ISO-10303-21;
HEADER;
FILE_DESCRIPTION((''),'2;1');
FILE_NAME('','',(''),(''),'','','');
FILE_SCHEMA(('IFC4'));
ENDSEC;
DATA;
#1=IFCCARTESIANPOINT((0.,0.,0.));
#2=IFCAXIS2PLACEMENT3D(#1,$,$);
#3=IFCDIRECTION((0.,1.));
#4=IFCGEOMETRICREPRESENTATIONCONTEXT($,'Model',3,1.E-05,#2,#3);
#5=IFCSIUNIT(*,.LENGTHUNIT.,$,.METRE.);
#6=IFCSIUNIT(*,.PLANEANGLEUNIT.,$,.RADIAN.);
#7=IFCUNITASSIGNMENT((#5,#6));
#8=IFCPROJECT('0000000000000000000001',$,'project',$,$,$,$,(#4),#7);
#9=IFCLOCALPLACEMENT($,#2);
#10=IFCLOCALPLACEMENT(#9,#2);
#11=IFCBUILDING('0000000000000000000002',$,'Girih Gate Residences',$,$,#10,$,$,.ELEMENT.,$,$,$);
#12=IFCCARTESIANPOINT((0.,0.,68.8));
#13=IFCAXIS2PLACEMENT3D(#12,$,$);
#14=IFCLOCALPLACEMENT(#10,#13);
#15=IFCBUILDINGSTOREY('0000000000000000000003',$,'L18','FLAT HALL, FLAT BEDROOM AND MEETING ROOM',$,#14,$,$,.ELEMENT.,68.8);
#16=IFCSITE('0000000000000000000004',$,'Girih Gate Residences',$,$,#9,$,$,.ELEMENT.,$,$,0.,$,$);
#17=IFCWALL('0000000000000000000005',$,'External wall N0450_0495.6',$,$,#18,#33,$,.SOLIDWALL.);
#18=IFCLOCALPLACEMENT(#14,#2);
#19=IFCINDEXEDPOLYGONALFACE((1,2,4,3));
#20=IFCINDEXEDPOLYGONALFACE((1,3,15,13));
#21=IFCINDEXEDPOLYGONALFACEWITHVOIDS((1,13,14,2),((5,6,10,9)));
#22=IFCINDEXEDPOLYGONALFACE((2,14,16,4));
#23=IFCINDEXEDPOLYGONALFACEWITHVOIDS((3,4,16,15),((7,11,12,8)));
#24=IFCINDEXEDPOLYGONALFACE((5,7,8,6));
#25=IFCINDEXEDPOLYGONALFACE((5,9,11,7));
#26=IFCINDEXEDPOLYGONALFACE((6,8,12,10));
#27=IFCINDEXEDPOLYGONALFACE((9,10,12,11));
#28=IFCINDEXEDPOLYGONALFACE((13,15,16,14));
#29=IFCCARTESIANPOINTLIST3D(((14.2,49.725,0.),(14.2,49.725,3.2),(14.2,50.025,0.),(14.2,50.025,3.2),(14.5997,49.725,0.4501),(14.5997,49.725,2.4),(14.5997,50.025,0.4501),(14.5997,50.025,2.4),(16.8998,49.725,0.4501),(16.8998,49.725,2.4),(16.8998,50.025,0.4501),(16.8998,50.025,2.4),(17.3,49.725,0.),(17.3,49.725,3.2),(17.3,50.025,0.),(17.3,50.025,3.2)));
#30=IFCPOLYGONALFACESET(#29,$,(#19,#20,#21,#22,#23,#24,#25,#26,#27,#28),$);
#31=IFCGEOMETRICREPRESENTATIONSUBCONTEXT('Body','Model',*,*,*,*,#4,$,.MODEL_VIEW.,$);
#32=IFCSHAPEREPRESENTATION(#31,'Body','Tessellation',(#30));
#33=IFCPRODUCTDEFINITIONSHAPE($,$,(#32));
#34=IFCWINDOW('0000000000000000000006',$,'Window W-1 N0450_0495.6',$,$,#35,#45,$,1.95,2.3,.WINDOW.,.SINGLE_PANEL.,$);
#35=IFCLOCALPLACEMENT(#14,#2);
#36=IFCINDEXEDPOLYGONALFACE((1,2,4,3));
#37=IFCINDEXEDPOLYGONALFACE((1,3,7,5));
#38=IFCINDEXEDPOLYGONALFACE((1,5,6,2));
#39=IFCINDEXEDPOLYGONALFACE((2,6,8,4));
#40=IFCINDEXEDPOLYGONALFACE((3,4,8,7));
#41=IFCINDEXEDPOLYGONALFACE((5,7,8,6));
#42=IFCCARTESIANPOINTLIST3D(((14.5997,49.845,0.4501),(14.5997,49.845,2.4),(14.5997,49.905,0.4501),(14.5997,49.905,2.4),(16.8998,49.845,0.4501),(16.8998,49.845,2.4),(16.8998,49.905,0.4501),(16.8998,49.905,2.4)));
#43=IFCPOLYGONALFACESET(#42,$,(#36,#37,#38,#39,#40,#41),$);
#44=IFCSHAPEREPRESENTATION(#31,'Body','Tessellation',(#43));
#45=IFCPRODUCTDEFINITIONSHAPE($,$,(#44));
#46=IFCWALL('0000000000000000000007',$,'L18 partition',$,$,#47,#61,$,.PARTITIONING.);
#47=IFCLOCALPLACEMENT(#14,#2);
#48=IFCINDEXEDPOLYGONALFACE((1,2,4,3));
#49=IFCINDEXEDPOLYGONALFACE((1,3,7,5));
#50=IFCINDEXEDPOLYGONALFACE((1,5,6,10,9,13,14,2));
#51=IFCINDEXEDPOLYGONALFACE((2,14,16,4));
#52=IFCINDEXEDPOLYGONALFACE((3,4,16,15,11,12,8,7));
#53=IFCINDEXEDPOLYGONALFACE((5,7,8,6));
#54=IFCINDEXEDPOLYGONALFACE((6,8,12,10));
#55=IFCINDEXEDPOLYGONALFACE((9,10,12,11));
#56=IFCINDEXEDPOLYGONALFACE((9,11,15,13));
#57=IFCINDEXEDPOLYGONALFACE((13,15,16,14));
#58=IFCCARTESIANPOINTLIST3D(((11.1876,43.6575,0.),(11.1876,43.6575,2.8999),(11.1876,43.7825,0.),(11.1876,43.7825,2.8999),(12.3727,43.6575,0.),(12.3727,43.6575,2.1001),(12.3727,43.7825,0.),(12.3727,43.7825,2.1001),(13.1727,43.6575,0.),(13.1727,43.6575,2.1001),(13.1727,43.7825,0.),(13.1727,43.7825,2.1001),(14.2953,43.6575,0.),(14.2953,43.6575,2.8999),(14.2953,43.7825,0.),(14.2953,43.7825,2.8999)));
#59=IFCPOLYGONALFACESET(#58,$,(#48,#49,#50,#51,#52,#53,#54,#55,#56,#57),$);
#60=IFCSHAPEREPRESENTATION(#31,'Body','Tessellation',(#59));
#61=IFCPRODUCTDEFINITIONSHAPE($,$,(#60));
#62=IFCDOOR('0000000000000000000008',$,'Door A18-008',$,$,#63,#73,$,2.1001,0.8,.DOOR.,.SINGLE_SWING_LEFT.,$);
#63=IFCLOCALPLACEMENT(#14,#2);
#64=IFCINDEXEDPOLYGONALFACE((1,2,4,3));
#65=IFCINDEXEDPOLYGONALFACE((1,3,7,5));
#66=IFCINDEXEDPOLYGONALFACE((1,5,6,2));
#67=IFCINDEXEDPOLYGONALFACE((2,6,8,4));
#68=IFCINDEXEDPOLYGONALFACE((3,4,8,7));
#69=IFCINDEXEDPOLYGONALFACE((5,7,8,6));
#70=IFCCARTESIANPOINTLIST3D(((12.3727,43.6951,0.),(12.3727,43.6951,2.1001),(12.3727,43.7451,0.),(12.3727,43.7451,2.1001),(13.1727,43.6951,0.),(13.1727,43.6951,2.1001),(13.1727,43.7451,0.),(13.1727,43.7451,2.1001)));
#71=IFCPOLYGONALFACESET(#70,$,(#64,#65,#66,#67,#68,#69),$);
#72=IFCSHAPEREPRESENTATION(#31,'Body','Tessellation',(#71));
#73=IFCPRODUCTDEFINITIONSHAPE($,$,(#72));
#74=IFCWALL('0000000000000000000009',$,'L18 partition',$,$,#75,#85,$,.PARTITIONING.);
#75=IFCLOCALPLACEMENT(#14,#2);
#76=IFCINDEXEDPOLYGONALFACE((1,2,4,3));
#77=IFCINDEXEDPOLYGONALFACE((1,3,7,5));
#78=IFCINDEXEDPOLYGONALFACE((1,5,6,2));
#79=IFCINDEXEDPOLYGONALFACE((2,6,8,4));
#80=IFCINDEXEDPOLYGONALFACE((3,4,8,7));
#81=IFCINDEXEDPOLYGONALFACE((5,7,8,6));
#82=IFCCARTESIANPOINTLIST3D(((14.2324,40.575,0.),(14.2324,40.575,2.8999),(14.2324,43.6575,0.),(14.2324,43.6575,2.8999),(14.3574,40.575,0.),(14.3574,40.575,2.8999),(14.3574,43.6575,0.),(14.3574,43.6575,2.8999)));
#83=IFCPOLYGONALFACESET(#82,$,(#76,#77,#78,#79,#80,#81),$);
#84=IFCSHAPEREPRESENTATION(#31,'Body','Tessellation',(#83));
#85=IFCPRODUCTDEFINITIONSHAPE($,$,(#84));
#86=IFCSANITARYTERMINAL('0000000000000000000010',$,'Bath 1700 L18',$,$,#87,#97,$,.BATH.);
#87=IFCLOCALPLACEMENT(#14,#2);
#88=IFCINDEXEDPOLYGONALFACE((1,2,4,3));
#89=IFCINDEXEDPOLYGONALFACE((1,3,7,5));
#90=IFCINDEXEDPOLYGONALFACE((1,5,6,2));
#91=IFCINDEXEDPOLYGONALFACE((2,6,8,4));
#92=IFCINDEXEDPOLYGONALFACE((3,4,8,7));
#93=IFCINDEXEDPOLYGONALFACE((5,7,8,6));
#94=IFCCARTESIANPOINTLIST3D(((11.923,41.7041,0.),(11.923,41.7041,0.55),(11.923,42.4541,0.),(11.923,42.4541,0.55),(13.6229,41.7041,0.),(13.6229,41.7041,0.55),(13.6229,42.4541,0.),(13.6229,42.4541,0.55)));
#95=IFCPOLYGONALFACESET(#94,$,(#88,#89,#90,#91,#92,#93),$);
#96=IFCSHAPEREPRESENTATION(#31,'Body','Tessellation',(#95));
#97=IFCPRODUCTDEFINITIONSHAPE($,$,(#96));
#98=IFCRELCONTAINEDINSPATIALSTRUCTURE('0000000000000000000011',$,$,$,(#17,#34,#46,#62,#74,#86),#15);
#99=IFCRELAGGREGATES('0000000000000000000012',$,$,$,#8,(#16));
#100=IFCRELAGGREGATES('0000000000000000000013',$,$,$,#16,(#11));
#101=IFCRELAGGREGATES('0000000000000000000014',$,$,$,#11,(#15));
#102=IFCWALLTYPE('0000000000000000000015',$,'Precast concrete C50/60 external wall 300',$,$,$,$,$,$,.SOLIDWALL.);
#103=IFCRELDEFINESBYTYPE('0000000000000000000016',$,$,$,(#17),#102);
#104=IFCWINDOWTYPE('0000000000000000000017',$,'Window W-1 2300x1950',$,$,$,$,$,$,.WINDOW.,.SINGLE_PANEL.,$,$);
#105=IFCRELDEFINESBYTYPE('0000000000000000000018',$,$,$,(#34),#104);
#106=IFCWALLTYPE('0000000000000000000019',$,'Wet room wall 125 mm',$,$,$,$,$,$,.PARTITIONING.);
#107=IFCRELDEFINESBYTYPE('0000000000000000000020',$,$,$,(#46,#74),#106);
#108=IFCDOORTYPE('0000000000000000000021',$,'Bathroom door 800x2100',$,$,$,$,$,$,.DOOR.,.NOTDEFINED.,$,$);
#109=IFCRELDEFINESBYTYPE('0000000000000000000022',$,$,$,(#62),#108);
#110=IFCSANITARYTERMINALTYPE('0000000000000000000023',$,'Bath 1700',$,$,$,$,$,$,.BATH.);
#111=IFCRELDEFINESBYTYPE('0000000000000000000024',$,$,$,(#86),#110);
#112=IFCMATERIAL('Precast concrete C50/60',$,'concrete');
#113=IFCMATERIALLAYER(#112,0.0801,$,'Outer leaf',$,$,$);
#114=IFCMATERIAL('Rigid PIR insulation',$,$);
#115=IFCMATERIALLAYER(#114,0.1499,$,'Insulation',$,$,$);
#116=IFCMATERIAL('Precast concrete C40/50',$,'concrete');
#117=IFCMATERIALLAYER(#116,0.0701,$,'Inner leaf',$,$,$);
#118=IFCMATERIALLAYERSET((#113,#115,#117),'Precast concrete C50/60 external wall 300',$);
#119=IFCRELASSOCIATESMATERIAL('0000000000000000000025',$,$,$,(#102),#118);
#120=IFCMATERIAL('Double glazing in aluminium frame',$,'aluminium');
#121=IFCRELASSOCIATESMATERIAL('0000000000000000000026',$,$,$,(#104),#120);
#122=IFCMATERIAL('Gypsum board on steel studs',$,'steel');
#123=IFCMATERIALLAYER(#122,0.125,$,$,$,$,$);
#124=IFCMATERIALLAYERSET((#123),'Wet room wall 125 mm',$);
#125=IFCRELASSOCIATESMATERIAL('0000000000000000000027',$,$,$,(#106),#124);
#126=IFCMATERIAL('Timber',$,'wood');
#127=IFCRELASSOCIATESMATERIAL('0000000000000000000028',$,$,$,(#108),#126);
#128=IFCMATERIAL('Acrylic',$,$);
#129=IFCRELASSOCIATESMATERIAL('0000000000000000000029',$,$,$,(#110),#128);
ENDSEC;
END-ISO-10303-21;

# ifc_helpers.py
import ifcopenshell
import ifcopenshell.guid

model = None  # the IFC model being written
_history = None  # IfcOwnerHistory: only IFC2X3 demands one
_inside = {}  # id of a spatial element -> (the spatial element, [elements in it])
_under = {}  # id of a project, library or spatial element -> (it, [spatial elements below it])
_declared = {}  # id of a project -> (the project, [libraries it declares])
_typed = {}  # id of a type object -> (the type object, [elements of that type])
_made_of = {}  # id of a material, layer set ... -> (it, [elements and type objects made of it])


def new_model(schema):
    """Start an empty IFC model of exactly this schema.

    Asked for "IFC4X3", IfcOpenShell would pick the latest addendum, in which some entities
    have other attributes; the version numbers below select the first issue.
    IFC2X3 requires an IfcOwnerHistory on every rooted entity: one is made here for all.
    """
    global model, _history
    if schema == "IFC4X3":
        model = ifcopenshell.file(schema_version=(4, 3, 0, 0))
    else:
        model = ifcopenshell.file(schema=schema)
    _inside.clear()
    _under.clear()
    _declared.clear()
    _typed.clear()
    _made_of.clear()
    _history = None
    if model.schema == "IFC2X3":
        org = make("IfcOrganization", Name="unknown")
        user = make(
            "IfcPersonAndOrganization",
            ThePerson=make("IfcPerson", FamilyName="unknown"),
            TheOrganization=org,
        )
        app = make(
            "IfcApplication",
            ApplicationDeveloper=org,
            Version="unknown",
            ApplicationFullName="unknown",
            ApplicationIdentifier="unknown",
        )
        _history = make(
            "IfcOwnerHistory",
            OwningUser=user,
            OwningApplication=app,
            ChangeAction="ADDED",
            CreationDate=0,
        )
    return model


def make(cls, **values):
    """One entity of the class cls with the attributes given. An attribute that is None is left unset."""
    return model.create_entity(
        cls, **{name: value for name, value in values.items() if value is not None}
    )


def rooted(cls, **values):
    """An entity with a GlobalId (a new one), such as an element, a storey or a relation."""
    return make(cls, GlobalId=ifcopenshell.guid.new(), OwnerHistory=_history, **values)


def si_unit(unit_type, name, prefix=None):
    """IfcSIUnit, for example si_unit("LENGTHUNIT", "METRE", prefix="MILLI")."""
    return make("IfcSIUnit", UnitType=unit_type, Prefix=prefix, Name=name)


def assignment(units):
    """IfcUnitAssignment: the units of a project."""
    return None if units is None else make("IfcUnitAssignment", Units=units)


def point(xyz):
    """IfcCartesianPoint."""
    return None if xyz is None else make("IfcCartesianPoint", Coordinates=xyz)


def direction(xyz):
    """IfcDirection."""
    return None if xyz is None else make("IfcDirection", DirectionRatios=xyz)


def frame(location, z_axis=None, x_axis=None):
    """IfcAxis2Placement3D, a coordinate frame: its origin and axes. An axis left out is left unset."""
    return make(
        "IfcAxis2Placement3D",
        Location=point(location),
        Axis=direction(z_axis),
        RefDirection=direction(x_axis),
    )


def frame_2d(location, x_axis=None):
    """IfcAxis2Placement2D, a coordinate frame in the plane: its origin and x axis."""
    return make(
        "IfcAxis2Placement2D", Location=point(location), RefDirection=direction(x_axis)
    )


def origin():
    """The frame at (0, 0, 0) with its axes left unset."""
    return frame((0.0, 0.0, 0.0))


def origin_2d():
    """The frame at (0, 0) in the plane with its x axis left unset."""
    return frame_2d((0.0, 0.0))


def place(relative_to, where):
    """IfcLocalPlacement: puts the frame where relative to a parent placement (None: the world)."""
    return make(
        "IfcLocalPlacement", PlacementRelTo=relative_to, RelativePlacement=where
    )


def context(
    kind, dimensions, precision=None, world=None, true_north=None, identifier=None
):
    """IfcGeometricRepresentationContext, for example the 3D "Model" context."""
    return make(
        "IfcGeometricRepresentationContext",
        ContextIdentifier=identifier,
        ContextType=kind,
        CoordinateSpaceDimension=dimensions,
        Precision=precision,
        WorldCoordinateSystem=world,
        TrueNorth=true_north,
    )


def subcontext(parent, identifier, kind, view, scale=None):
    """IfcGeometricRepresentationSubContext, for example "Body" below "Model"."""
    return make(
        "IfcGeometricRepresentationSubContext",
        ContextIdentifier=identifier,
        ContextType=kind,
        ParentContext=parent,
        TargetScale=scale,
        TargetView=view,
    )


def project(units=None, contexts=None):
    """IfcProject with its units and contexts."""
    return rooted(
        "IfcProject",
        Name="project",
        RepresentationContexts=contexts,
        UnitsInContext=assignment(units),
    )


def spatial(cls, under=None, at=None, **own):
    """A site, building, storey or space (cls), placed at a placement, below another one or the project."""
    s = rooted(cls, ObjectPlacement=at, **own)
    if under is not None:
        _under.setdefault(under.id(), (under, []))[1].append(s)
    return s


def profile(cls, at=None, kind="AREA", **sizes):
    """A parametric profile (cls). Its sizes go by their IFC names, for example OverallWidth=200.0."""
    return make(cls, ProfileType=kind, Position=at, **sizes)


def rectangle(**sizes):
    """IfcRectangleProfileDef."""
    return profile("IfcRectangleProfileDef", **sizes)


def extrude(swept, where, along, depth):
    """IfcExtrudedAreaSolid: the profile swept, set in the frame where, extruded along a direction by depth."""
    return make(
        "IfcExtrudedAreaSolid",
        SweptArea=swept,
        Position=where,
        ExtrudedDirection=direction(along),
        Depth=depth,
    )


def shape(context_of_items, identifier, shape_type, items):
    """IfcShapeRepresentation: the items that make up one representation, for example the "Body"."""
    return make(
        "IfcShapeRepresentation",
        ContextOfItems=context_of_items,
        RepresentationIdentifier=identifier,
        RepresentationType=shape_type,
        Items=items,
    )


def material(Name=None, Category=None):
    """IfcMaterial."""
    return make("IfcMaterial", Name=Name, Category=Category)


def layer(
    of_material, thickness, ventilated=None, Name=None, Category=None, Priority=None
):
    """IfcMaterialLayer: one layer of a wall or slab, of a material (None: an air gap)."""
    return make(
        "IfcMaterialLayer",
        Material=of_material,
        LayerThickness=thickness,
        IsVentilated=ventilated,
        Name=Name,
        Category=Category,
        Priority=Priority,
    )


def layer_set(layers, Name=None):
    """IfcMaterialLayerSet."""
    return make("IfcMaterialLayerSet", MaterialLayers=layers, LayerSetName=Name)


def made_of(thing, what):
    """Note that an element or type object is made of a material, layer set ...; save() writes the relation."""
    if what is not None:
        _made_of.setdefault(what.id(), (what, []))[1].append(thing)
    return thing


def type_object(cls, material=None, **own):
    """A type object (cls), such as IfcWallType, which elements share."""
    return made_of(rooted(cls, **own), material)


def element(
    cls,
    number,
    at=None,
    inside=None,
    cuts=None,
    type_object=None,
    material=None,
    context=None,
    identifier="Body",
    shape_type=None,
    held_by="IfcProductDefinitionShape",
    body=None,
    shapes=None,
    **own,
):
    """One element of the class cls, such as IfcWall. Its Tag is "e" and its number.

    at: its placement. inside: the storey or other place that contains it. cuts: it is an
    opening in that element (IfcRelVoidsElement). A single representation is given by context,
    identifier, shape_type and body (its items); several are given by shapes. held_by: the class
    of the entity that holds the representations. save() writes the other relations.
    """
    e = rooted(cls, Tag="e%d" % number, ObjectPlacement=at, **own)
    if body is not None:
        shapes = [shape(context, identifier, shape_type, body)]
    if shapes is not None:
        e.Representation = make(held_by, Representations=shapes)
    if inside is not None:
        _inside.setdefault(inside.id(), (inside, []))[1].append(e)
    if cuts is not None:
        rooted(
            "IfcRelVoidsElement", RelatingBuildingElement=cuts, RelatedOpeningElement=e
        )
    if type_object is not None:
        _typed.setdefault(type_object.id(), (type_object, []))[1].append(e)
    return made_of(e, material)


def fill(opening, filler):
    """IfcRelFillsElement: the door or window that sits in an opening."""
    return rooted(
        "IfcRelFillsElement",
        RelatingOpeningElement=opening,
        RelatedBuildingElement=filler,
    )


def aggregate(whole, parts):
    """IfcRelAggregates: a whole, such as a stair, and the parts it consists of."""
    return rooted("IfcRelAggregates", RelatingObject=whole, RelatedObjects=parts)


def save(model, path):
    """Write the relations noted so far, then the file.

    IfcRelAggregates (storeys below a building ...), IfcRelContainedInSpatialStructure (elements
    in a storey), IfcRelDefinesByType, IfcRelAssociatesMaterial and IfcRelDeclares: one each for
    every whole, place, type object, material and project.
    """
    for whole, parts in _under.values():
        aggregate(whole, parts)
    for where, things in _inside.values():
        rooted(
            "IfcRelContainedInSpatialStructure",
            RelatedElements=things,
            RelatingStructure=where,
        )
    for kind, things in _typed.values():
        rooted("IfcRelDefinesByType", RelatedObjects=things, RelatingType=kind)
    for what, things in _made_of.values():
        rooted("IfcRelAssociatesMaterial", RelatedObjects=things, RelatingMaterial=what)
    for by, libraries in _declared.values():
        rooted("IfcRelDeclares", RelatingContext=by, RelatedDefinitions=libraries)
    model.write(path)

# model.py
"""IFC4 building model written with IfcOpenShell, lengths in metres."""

from ifc_helpers import new_model, si_unit, direction, frame, frame_2d, origin, origin_2d, place, context, subcontext, project, spatial, rectangle, extrude, material, layer, layer_set, type_object, element, fill, save


model = new_model("IFC4")

# Units and contexts
model_context = context("Model", 3, precision=1e-05, world=origin(), true_north=direction((0.0, 1.0)))
body_context = subcontext(model_context, "Body", "Model", "MODEL_VIEW")
ifc_project = project(units=[si_unit("LENGTHUNIT", "METRE"), si_unit("PLANEANGLEUNIT", "RADIAN")], contexts=[model_context])

# Site, building, storey
site_placement = place(None, origin())
site = spatial("IfcSite", under=ifc_project, at=site_placement, Name="Girih Gate Residences", CompositionType="ELEMENT", RefElevation=0.0)
building_placement = place(site_placement, origin())
building = spatial("IfcBuilding", under=site, at=building_placement, Name="Girih Gate Residences", CompositionType="ELEMENT")
storey_placement = place(building_placement, frame((0.0, 0.0, 68.8)))
storey = spatial("IfcBuildingStorey", under=building, at=storey_placement, Name="L18", Description="FLAT HALL, FLAT BEDROOM AND MEETING ROOM", CompositionType="ELEMENT", Elevation=68.8)

# Shared definitions
ifc_material_1 = material(Name="Gypsum board on steel studs", Category="steel")

# Shared definitions
ifc_material_2 = material(Name="Timber", Category="wood")

# Wall, opening, window
ifc_material_3 = material(Name="Precast concrete C50/60", Category="concrete")
ifc_layer_1 = layer(ifc_material_3, 0.0801, Name="Outer leaf")
ifc_material_4 = material(Name="Rigid PIR insulation")
ifc_layer_2 = layer(ifc_material_4, 0.1499, Name="Insulation")
ifc_material_5 = material(Name="Precast concrete C40/50", Category="concrete")
ifc_layer_3 = layer(ifc_material_5, 0.0701, Name="Inner leaf")
ifc_layer_set_1 = layer_set([ifc_layer_1, ifc_layer_2, ifc_layer_3], Name="Precast concrete C50/60 external wall 300")
wall_type_1 = type_object("IfcWallType", Name="Precast concrete C50/60 external wall 300", PredefinedType="SOLIDWALL", material=ifc_layer_set_1)
ifc_material_6 = material(Name="Double glazing in aluminium frame", Category="aluminium")
window_type = type_object("IfcWindowType", Name="Window W-1 2300x1950", PartitioningType="SINGLE_PANEL", PredefinedType="WINDOW", material=ifc_material_6)
wall_1_placement = place(storey_placement, frame((14.2, 49.875, 0.0), z_axis=(0.0, 0.0, 1.0), x_axis=(1.0, 0.0, 0.0)))
wall_1 = element("IfcWall", 1, at=wall_1_placement, inside=storey, type_object=wall_type_1, Name="External wall N0450_0495.6", PredefinedType="SOLIDWALL", context=body_context, shape_type="SweptSolid", body=[
    extrude(rectangle(XDim=3.1001, YDim=0.3, at=frame_2d((1.55, 0.0))), origin(), (0.0, 0.0, 1.0), 3.2),
])
opening_1_placement = place(wall_1_placement, frame((0.3999, 0.0, 0.45)))
opening_1 = element("IfcOpeningElement", 2, at=opening_1_placement, cuts=wall_1, PredefinedType="OPENING", context=body_context, shape_type="SweptSolid", body=[
    extrude(rectangle(XDim=2.3, YDim=1.95, at=frame_2d((1.1499, 0.9751))), frame((0.0, 0.1599, 0.0), z_axis=(0.0, -1.0, 0.0), x_axis=(1.0, 0.0, 0.0)), (0.0, 0.0, 1.0), 0.3201),
])
window_1_placement = place(opening_1_placement, origin())
window_1 = element("IfcWindow", 3, at=window_1_placement, inside=storey, type_object=window_type, Name="Window W-1 N0450_0495.6", OverallHeight=1.95, OverallWidth=2.3, PartitioningType="SINGLE_PANEL", PredefinedType="WINDOW", context=body_context, shape_type="SweptSolid", body=[
    extrude(rectangle(XDim=2.3, YDim=1.95, at=frame_2d((1.1499, 0.9751))), frame((0.0, 0.03, 0.0), z_axis=(0.0, -1.0, 0.0), x_axis=(1.0, 0.0, 0.0)), (0.0, 0.0, 1.0), 0.0601),
])
fill(opening_1, window_1)

# Wall, opening, door
ifc_layer_4 = layer(ifc_material_1, 0.125)
ifc_layer_set_2 = layer_set([ifc_layer_4], Name="Wet room wall 125 mm")
wall_type_2 = type_object("IfcWallType", Name="Wet room wall 125 mm", PredefinedType="PARTITIONING", material=ifc_layer_set_2)
wall_2_placement = place(storey_placement, frame((14.2952, 43.72, 0.0), z_axis=(0.0, 0.0, 1.0), x_axis=(-1.0, 0.0, 0.0)))
wall_2 = element("IfcWall", 4, at=wall_2_placement, inside=storey, type_object=wall_type_2, Name="L18 partition", PredefinedType="PARTITIONING", context=body_context, shape_type="SweptSolid", body=[
    extrude(rectangle(XDim=3.1077, YDim=0.125, at=frame_2d((1.5537, 0.0))), origin(), (0.0, 0.0, 1.0), 2.8999),
])
opening_2_placement = place(wall_2_placement, frame((1.1226, 0.0, 0.0)))
opening_2 = element("IfcOpeningElement", 5, at=opening_2_placement, cuts=wall_2, PredefinedType="OPENING", context=body_context, shape_type="SweptSolid", body=[
    extrude(rectangle(XDim=0.8, YDim=2.1001, at=frame_2d((0.3999, 1.05))), frame((0.0, 0.0725, 0.0), z_axis=(0.0, -1.0, 0.0), x_axis=(1.0, 0.0, 0.0)), (0.0, 0.0, 1.0), 0.145),
])
door_type_1 = type_object("IfcDoorType", Name="Bathroom door 800x2100", OperationType="NOTDEFINED", PredefinedType="DOOR", material=ifc_material_2)
door_1_placement = place(opening_2_placement, origin())
door_1 = element("IfcDoor", 6, at=door_1_placement, inside=storey, type_object=door_type_1, Name="Door A18-008", OperationType="SINGLE_SWING_LEFT", OverallHeight=2.1001, OverallWidth=0.8, PredefinedType="DOOR", context=body_context, shape_type="SweptSolid", body=[
    extrude(rectangle(XDim=0.8, YDim=2.1001, at=frame_2d((0.3999, 1.05))), frame((0.0, 0.0249, 0.0), z_axis=(0.0, -1.0, 0.0), x_axis=(1.0, 0.0, 0.0)), (0.0, 0.0, 1.0), 0.05),
])
fill(opening_2, door_1)

# Wall
wall_3_placement = place(storey_placement, frame((14.2949, 40.575, 0.0), z_axis=(0.0, 0.0, 1.0), x_axis=(0.0, 1.0, 0.0)))
element("IfcWall", 7, at=wall_3_placement, inside=storey, type_object=wall_type_2, Name="L18 partition", PredefinedType="PARTITIONING", context=body_context, shape_type="SweptSolid", body=[
    extrude(rectangle(XDim=3.0825, YDim=0.125, at=frame_2d((1.5413, 0.0))), origin(), (0.0, 0.0, 1.0), 2.8999),
])

# Sanitary terminal
ifc_material_7 = material(Name="Acrylic")
sanitary_terminal_type = type_object("IfcSanitaryTerminalType", Name="Bath 1700", PredefinedType="BATH", material=ifc_material_7)
sanitary_terminal_placement = place(storey_placement, frame((12.7729, 42.0791, 0.0), z_axis=(0.0, 0.0, 1.0), x_axis=(1.0, 0.0, 0.0)))
element("IfcSanitaryTerminal", 8, at=sanitary_terminal_placement, inside=storey, type_object=sanitary_terminal_type, Name="Bath 1700 L18", PredefinedType="BATH", context=body_context, shape_type="SweptSolid", body=[
    extrude(rectangle(XDim=1.7, YDim=0.75, at=origin_2d()), origin(), (0.0, 0.0, 1.0), 0.55),
])

save(model, "model.ifc")
